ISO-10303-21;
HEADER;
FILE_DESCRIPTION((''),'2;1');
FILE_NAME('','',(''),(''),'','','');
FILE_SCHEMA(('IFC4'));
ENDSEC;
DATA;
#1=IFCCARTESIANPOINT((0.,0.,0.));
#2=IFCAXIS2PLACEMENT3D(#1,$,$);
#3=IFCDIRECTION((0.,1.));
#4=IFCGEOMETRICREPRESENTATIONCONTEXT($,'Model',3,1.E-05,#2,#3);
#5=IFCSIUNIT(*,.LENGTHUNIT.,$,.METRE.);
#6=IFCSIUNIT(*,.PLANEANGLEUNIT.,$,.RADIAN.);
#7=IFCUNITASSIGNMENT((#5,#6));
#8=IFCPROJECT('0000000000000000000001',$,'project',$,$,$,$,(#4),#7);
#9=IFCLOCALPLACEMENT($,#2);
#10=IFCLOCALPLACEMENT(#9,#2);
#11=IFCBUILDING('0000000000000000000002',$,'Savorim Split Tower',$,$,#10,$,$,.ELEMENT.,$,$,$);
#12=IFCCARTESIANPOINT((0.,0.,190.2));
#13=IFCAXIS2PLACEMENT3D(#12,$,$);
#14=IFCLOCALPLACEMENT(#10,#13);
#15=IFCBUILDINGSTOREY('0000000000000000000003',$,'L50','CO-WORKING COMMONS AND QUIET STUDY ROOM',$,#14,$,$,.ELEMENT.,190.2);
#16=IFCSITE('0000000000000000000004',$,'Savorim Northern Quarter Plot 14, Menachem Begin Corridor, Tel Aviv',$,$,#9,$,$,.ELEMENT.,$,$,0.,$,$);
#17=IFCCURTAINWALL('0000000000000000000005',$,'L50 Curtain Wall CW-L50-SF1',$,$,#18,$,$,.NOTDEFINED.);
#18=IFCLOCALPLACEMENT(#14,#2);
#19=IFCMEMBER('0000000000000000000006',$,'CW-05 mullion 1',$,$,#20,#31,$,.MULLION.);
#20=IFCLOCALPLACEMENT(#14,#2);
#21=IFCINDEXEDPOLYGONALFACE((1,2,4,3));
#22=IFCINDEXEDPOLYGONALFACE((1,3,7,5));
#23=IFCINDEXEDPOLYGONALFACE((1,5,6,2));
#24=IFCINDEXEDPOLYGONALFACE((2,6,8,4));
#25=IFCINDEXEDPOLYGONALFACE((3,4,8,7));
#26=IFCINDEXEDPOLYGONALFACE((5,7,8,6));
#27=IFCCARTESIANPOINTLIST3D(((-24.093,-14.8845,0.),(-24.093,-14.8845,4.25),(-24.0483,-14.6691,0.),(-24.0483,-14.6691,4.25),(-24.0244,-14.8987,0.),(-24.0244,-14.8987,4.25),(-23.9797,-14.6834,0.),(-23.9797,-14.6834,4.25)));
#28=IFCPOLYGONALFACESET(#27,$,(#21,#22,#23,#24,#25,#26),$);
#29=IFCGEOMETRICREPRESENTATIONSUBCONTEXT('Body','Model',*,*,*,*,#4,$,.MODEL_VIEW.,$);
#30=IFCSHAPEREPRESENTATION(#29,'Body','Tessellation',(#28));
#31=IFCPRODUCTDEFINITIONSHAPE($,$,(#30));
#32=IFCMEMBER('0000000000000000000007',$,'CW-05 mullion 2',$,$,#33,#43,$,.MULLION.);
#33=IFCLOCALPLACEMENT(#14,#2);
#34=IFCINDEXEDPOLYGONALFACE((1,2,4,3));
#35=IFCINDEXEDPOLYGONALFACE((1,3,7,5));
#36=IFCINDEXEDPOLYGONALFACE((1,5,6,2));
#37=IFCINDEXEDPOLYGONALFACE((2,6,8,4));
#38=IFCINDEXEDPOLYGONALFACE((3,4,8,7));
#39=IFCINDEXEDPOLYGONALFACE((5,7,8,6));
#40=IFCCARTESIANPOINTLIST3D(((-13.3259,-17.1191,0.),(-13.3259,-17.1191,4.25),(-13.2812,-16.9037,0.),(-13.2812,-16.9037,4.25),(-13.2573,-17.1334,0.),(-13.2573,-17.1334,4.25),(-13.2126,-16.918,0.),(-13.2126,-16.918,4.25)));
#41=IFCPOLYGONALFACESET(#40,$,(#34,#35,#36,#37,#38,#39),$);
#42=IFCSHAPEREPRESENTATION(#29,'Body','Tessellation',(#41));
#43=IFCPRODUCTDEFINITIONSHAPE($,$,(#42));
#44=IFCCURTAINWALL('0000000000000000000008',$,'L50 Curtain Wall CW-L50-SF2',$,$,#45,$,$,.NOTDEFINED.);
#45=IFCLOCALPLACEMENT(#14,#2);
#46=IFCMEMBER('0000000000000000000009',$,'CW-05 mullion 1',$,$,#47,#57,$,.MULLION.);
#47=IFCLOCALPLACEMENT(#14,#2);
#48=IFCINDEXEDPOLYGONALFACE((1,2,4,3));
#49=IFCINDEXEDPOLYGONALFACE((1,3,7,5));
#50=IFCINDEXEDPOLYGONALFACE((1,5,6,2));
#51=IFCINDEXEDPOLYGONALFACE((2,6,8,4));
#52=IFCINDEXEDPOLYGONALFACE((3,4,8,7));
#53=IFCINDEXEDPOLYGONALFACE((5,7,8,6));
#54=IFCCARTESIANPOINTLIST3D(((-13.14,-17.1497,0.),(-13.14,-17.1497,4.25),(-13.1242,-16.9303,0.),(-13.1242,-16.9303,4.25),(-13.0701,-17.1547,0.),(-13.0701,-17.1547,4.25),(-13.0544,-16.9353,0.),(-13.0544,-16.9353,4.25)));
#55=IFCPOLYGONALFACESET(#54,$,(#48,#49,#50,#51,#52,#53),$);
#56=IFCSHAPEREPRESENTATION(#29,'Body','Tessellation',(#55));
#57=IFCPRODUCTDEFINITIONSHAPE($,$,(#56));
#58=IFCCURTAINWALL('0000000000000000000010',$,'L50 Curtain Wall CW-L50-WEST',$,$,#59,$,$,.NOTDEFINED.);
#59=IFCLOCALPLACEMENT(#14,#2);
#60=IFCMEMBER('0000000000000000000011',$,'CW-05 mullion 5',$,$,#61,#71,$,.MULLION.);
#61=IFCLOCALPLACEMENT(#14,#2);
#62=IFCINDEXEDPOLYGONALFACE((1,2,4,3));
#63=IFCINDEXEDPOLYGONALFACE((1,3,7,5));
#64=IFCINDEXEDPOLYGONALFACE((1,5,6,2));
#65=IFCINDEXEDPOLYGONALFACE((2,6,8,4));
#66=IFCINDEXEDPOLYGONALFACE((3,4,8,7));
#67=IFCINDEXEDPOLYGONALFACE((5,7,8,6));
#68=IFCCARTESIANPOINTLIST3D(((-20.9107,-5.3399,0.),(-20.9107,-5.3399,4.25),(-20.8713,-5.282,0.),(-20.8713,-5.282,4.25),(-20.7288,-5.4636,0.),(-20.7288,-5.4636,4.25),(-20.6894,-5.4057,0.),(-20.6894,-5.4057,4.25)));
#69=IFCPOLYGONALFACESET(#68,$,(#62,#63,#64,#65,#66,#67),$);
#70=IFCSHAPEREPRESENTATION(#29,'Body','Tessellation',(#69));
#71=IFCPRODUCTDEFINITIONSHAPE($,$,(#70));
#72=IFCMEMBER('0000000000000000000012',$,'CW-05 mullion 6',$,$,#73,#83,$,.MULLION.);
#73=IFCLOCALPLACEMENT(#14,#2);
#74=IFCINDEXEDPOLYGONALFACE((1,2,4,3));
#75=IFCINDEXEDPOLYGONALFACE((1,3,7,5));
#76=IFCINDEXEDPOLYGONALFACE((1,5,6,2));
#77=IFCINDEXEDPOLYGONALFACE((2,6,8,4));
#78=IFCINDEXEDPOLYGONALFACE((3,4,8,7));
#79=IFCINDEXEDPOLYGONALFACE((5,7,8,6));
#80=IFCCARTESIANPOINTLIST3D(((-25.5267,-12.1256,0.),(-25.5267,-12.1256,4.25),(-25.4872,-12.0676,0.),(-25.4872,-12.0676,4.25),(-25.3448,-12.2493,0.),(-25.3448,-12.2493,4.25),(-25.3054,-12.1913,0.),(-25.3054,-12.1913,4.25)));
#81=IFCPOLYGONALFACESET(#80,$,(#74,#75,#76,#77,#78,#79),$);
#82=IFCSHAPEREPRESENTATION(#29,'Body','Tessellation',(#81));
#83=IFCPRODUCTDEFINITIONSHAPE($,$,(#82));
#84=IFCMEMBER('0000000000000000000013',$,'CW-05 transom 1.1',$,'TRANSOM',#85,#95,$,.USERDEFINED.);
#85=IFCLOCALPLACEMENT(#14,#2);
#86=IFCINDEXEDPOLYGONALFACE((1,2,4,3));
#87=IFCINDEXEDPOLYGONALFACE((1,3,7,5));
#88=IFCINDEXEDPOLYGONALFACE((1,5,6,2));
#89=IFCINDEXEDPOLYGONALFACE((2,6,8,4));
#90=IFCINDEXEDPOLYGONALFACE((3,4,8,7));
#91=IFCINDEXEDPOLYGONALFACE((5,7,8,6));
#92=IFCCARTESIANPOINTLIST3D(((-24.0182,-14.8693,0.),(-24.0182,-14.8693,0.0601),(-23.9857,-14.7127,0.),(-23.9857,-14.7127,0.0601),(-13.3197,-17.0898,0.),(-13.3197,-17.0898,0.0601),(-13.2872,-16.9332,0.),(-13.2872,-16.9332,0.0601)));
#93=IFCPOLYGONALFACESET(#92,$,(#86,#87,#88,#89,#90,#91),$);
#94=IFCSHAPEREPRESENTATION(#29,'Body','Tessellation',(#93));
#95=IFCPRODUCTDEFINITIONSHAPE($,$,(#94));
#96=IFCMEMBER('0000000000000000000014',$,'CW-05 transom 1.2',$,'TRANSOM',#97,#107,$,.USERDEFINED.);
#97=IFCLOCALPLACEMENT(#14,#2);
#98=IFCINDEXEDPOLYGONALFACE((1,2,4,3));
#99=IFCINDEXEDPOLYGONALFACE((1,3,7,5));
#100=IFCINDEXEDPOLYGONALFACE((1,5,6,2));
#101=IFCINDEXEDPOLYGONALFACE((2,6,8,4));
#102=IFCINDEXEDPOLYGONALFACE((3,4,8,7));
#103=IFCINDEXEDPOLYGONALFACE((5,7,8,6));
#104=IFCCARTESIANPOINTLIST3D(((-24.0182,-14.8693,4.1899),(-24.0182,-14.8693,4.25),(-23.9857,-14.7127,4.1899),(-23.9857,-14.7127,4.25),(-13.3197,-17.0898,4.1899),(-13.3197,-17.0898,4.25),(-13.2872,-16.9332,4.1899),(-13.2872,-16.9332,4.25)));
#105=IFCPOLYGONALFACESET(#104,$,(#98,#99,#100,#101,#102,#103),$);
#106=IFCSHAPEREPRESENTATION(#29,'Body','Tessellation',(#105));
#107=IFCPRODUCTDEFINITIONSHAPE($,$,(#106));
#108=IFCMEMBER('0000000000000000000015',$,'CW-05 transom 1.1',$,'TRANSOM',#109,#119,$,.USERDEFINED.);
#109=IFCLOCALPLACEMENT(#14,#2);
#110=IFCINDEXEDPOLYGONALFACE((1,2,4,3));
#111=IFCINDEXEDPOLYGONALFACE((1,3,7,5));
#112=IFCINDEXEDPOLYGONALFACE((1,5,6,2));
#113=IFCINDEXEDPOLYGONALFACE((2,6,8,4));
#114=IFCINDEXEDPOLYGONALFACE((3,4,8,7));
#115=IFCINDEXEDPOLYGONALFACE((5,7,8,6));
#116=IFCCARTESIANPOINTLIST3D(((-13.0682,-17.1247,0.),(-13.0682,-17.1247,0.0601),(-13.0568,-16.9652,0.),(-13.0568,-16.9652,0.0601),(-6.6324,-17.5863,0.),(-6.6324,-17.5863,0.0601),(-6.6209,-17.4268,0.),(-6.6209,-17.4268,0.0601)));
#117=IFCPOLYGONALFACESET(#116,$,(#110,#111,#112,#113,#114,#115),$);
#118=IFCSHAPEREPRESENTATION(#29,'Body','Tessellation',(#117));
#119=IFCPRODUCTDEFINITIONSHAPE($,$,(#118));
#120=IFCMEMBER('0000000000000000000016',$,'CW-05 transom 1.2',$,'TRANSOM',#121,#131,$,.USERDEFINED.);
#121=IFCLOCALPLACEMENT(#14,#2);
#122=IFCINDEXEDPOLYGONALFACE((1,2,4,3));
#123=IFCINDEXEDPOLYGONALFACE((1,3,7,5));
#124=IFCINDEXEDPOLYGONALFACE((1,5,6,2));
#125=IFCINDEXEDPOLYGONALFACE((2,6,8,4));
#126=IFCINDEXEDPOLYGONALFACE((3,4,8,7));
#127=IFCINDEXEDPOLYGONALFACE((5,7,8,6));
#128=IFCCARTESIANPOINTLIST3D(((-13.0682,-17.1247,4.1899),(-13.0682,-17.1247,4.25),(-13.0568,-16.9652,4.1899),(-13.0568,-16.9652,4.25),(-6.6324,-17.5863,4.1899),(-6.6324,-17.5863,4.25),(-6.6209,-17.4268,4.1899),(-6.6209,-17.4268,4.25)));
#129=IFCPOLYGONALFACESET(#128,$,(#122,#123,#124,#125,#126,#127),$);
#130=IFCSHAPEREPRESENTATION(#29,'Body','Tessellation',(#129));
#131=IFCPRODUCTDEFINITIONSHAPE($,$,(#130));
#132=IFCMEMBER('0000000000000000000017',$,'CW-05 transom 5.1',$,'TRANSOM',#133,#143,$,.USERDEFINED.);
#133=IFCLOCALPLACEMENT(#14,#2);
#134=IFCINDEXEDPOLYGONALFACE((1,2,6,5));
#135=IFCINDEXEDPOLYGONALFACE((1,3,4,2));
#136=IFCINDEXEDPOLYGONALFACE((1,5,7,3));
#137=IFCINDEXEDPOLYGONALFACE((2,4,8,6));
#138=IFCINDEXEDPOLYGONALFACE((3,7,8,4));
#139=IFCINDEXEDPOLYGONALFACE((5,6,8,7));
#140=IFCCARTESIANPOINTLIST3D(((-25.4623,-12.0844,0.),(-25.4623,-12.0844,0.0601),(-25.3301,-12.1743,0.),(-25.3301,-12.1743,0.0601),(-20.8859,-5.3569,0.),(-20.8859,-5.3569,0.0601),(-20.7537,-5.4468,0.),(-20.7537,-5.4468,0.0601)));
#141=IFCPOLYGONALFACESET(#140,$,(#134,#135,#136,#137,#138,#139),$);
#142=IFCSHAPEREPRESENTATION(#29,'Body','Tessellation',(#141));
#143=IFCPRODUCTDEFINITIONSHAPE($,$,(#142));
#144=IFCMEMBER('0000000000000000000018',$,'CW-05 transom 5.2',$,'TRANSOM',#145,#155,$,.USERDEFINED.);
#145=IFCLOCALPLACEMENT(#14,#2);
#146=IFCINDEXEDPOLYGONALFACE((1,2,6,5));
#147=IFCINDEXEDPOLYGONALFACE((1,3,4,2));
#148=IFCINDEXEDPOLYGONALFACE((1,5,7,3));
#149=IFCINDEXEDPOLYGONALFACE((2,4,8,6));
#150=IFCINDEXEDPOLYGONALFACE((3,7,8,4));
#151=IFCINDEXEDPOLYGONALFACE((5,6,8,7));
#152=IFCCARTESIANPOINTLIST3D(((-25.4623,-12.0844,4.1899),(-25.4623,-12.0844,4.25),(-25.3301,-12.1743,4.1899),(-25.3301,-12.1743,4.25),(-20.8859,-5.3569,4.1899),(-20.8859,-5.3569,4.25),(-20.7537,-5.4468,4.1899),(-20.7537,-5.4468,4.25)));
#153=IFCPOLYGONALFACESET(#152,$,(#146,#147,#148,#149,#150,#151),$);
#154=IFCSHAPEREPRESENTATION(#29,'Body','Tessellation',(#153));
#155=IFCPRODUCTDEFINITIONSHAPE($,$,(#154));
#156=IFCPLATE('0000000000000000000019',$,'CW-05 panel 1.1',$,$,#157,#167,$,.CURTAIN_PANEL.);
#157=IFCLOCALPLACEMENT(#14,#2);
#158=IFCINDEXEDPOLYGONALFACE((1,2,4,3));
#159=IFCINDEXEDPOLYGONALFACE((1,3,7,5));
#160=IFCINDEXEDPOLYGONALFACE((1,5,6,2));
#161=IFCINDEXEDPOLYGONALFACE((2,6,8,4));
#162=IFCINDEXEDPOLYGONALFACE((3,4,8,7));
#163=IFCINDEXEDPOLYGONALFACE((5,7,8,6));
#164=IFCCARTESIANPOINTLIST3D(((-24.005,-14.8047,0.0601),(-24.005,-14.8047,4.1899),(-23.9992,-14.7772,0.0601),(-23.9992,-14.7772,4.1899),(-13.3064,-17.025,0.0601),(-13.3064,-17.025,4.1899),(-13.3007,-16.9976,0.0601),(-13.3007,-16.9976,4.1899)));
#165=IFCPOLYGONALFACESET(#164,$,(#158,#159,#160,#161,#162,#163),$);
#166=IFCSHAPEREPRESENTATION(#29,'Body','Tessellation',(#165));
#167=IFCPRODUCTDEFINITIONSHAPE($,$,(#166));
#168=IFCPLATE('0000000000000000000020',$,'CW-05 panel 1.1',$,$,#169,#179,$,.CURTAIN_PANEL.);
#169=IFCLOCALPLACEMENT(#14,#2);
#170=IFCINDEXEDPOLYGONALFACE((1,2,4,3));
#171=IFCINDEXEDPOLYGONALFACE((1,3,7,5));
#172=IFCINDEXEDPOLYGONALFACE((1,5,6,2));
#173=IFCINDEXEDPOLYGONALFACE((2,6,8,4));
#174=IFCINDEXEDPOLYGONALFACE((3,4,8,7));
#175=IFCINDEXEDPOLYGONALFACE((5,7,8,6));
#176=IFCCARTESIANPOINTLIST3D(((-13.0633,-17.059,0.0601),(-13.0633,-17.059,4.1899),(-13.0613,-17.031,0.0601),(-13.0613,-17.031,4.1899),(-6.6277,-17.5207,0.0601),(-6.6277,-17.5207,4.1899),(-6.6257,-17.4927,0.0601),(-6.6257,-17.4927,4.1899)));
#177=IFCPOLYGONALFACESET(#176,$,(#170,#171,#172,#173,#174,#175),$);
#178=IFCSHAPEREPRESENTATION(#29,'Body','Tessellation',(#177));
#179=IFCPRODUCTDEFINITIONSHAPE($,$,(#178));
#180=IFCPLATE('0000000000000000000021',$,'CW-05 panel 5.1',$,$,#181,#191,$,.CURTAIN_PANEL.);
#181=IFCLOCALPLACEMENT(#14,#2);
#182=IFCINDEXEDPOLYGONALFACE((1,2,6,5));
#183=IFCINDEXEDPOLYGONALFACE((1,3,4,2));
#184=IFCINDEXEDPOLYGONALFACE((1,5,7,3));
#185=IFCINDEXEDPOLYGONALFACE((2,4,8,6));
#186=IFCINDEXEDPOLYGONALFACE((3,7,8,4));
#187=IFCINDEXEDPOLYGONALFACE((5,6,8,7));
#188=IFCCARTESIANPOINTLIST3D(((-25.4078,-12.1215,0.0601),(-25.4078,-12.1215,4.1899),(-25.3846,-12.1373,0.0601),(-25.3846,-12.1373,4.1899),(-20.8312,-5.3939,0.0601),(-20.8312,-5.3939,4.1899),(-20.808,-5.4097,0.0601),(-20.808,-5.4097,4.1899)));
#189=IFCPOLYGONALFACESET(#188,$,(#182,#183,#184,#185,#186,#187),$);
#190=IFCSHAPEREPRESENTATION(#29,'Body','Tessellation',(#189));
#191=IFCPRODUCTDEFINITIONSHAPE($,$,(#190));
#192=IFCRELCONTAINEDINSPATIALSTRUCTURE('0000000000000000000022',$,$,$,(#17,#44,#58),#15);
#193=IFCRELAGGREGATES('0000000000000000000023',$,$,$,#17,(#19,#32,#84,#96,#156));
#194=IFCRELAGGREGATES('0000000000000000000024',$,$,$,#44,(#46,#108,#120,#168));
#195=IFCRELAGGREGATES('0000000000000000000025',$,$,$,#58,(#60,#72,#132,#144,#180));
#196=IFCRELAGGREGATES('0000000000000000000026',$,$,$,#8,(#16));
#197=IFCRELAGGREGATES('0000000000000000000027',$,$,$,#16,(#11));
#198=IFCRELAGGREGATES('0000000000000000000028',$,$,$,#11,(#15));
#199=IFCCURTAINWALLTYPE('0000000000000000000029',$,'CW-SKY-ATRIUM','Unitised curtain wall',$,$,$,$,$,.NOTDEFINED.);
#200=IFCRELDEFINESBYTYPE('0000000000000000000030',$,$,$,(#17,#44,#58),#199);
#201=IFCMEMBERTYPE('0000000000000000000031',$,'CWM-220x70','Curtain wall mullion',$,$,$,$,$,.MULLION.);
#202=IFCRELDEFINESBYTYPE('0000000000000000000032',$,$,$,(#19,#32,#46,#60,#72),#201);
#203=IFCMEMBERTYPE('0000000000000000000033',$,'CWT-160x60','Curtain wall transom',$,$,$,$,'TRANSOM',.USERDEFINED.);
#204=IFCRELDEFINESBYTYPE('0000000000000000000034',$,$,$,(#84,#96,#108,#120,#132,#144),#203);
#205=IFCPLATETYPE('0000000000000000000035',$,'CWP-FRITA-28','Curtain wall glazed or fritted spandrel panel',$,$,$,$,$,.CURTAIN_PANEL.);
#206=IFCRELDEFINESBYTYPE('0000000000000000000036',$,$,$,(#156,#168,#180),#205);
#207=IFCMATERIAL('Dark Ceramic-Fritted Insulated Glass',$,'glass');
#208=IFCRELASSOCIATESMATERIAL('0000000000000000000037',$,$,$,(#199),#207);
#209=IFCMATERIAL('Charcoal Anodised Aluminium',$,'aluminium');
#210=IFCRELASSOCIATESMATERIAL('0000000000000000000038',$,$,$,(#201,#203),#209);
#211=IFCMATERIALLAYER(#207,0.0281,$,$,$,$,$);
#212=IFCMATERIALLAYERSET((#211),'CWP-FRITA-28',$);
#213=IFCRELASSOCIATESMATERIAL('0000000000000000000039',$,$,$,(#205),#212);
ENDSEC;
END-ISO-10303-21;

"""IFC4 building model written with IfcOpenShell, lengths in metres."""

from ifc_helpers import new_model, si_unit, direction, frame, origin, origin_2d, place, context, subcontext, project, spatial, rectangle, extrude, material, layer, layer_set, material_profile, profile_set, type_object, element, aggregate, save


model = new_model("IFC4")

# Units and contexts
model_context = context("Model", 3, precision=1e-05, world=origin(), true_north=direction((0.0, 1.0)))
body_context = subcontext(model_context, "Body", "Model", "MODEL_VIEW")
ifc_project = project(units=[si_unit("LENGTHUNIT", "METRE"), si_unit("PLANEANGLEUNIT", "RADIAN")], contexts=[model_context])

# Site, building, storey
site_placement = place(None, origin())
site = spatial("IfcSite", under=ifc_project, at=site_placement, Name="Savorim Northern Quarter Plot 14, Menachem Begin Corridor, Tel Aviv", CompositionType="ELEMENT", RefElevation=0.0)
building_placement = place(site_placement, origin())
building = spatial("IfcBuilding", under=site, at=building_placement, Name="Savorim Split Tower", CompositionType="ELEMENT")
storey_placement = place(building_placement, frame((0.0, 0.0, 190.2)))
storey = spatial("IfcBuildingStorey", under=building, at=storey_placement, Name="L50", Description="CO-WORKING COMMONS AND QUIET STUDY ROOM", CompositionType="ELEMENT", Elevation=190.2)

# Curtain wall, members
ifc_material_1 = material(Name="Dark Ceramic-Fritted Insulated Glass", Category="glass")
curtain_wall_type = type_object("IfcCurtainWallType", Name="CW-SKY-ATRIUM", Description="Unitised curtain wall", PredefinedType="NOTDEFINED", material=ifc_material_1)
curtain_wall_1_placement = place(storey_placement, origin())
curtain_wall_1 = element("IfcCurtainWall", 1, at=curtain_wall_1_placement, inside=storey, type_object=curtain_wall_type, Name="L50 Curtain Wall CW-L50-SF1", PredefinedType="NOTDEFINED")
ifc_material_2 = material(Name="Charcoal Anodised Aluminium", Category="aluminium")
ifc_material_profile_1 = material_profile(ifc_material_2, rectangle(XDim=0.22, YDim=0.0701, at=origin_2d()), Name="ALU-M 220x70")
ifc_profile_set_1 = profile_set([ifc_material_profile_1], Name="Charcoal Anodised Aluminium")
member_type_1 = type_object("IfcMemberType", Name="CWM-220x70", Description="Curtain wall mullion", PredefinedType="MULLION", material=ifc_profile_set_1)
member_1_placement = place(storey_placement, frame((-24.0364, -14.7839, 0.0), z_axis=(0.0, 0.0, 1.0), x_axis=(0.203208, 0.979136, 0.0)))
member_1 = element("IfcMember", 2, at=member_1_placement, type_object=member_type_1, Name="CW-05 mullion 1", PredefinedType="MULLION", context=body_context, shape_type="SweptSolid", body=[
    extrude(rectangle(XDim=0.22, YDim=0.0701, at=origin_2d()), origin(), (0.0, 0.0, 1.0), 4.25),
])
member_2_placement = place(storey_placement, frame((-13.2693, -17.0186, 0.0), z_axis=(0.0, 0.0, 1.0), x_axis=(0.203208, 0.979136, 0.0)))
member_2 = element("IfcMember", 3, at=member_2_placement, type_object=member_type_1, Name="CW-05 mullion 2", PredefinedType="MULLION", context=body_context, shape_type="SweptSolid", body=[
    extrude(rectangle(XDim=0.22, YDim=0.0701, at=origin_2d()), origin(), (0.0, 0.0, 1.0), 4.25),
])

# Curtain wall, member
curtain_wall_2_placement = place(storey_placement, origin())
curtain_wall_2 = element("IfcCurtainWall", 4, at=curtain_wall_2_placement, inside=storey, type_object=curtain_wall_type, Name="L50 Curtain Wall CW-L50-SF2", PredefinedType="NOTDEFINED")
member_3_placement = place(storey_placement, frame((-13.0972, -17.0425, 0.0), z_axis=(0.0, 0.0, 1.0), x_axis=(0.071562, 0.997436, 0.0)))
member_3 = element("IfcMember", 5, at=member_3_placement, type_object=member_type_1, Name="CW-05 mullion 1", PredefinedType="MULLION", context=body_context, shape_type="SweptSolid", body=[
    extrude(rectangle(XDim=0.22, YDim=0.0701, at=origin_2d()), origin(), (0.0, 0.0, 1.0), 4.25),
])

# Curtain wall, members
curtain_wall_3_placement = place(storey_placement, origin())
curtain_wall_3 = element("IfcCurtainWall", 6, at=curtain_wall_3_placement, inside=storey, type_object=curtain_wall_type, Name="L50 Curtain Wall CW-L50-WEST", PredefinedType="NOTDEFINED")
member_4_placement = place(storey_placement, frame((-20.8, -5.3728, 0.0), z_axis=(0.0, 0.0, 1.0), x_axis=(0.82682, -0.562466, 0.0)))
member_4 = element("IfcMember", 7, at=member_4_placement, type_object=member_type_1, Name="CW-05 mullion 5", PredefinedType="MULLION", context=body_context, shape_type="SweptSolid", body=[
    extrude(rectangle(XDim=0.22, YDim=0.0701, at=origin_2d()), origin(), (0.0, 0.0, 1.0), 4.25),
])
member_5_placement = place(storey_placement, frame((-25.416, -12.1584, 0.0), z_axis=(0.0, 0.0, 1.0), x_axis=(0.82682, -0.562466, 0.0)))
member_5 = element("IfcMember", 8, at=member_5_placement, type_object=member_type_1, Name="CW-05 mullion 6", PredefinedType="MULLION", context=body_context, shape_type="SweptSolid", body=[
    extrude(rectangle(XDim=0.22, YDim=0.0701, at=origin_2d()), origin(), (0.0, 0.0, 1.0), 4.25),
])

# Members
ifc_material_profile_2 = material_profile(ifc_material_2, rectangle(XDim=0.1599, YDim=0.0601, at=origin_2d()), Name="ALU-T 160x60")
ifc_profile_set_2 = profile_set([ifc_material_profile_2], Name="Charcoal Anodised Aluminium")
member_type_2 = type_object("IfcMemberType", Name="CWT-160x60", Description="Curtain wall transom", ElementType="TRANSOM", PredefinedType="USERDEFINED", material=ifc_profile_set_2)
member_6_placement = place(storey_placement, frame((-24.002, -14.791, 0.03), z_axis=(0.979134, -0.203218, 0.0), x_axis=(0.203218, 0.979134, 0.0)))
member_6 = element("IfcMember", 9, at=member_6_placement, type_object=member_type_2, Name="CW-05 transom 1.1", ObjectType="TRANSOM", PredefinedType="USERDEFINED", context=body_context, shape_type="SweptSolid", body=[
    extrude(rectangle(XDim=0.1599, YDim=0.0601, at=origin_2d()), origin(), (0.0, 0.0, 1.0), 10.9265),
])
member_7_placement = place(storey_placement, frame((-24.002, -14.791, 4.22), z_axis=(0.979134, -0.203218, 0.0), x_axis=(0.203218, 0.979134, 0.0)))
member_7 = element("IfcMember", 10, at=member_7_placement, type_object=member_type_2, Name="CW-05 transom 1.2", ObjectType="TRANSOM", PredefinedType="USERDEFINED", context=body_context, shape_type="SweptSolid", body=[
    extrude(rectangle(XDim=0.1599, YDim=0.0601, at=origin_2d()), origin(), (0.0, 0.0, 1.0), 10.9265),
])
member_8_placement = place(storey_placement, frame((-13.0625, -17.0449, 0.03), z_axis=(0.997437, -0.071551, 0.0), x_axis=(0.071551, 0.997437, 0.0)))
member_8 = element("IfcMember", 11, at=member_8_placement, type_object=member_type_2, Name="CW-05 transom 1.1", ObjectType="TRANSOM", PredefinedType="USERDEFINED", context=body_context, shape_type="SweptSolid", body=[
    extrude(rectangle(XDim=0.1599, YDim=0.0601, at=origin_2d()), origin(), (0.0, 0.0, 1.0), 6.4524),
])
member_9_placement = place(storey_placement, frame((-13.0625, -17.0449, 4.22), z_axis=(0.997437, -0.071551, 0.0), x_axis=(0.071551, 0.997437, 0.0)))
member_9 = element("IfcMember", 12, at=member_9_placement, type_object=member_type_2, Name="CW-05 transom 1.2", ObjectType="TRANSOM", PredefinedType="USERDEFINED", context=body_context, shape_type="SweptSolid", body=[
    extrude(rectangle(XDim=0.1599, YDim=0.0601, at=origin_2d()), origin(), (0.0, 0.0, 1.0), 6.4524),
])
member_10_placement = place(storey_placement, frame((-20.8198, -5.4019, 0.03), z_axis=(-0.562452, -0.82683, 0.0), x_axis=(0.82683, -0.562452, 0.0)))
member_10 = element("IfcMember", 13, at=member_10_placement, type_object=member_type_2, Name="CW-05 transom 5.1", ObjectType="TRANSOM", PredefinedType="USERDEFINED", context=body_context, shape_type="SweptSolid", body=[
    extrude(rectangle(XDim=0.1599, YDim=0.0601, at=origin_2d()), origin(), (0.0, 0.0, 1.0), 8.1365),
])
member_11_placement = place(storey_placement, frame((-20.8198, -5.4019, 4.22), z_axis=(-0.562452, -0.82683, 0.0), x_axis=(0.82683, -0.562452, 0.0)))
member_11 = element("IfcMember", 14, at=member_11_placement, type_object=member_type_2, Name="CW-05 transom 5.2", ObjectType="TRANSOM", PredefinedType="USERDEFINED", context=body_context, shape_type="SweptSolid", body=[
    extrude(rectangle(XDim=0.1599, YDim=0.0601, at=origin_2d()), origin(), (0.0, 0.0, 1.0), 8.1365),
])

# Plates
ifc_layer_1 = layer(ifc_material_1, 0.0281)
ifc_layer_set_1 = layer_set([ifc_layer_1], Name="CWP-FRITA-28")
plate_type = type_object("IfcPlateType", Name="CWP-FRITA-28", Description="Curtain wall glazed or fritted spandrel panel", PredefinedType="CURTAIN_PANEL", material=ifc_layer_set_1)
plate_1_placement = place(storey_placement, frame((-18.6528, -15.9011, 0.0601), z_axis=(0.0, 0.0, 1.0), x_axis=(0.979136, -0.203208, 0.0)))
plate_1 = element("IfcPlate", 15, at=plate_1_placement, type_object=plate_type, Name="CW-05 panel 1.1", PredefinedType="CURTAIN_PANEL", context=body_context, shape_type="SweptSolid", body=[
    extrude(rectangle(XDim=10.9265, YDim=0.0281, at=origin_2d()), origin(), (0.0, 0.0, 1.0), 4.1299),
])
aggregate(curtain_wall_1, [member_1, member_2, member_6, member_7, plate_1])
plate_2_placement = place(storey_placement, frame((-9.8445, -17.2759, 0.0601), z_axis=(0.0, 0.0, 1.0), x_axis=(0.997436, -0.071562, 0.0)))
plate_2 = element("IfcPlate", 16, at=plate_2_placement, type_object=plate_type, Name="CW-05 panel 1.1", PredefinedType="CURTAIN_PANEL", context=body_context, shape_type="SweptSolid", body=[
    extrude(rectangle(XDim=6.4521, YDim=0.0281, at=origin_2d()), origin(), (0.0, 0.0, 1.0), 4.1299),
])
aggregate(curtain_wall_2, [member_3, member_8, member_9, plate_2])
plate_3_placement = place(storey_placement, frame((-23.1079, -8.7656, 0.0601), z_axis=(0.0, 0.0, 1.0), x_axis=(-0.562466, -0.82682, 0.0)))
plate_3 = element("IfcPlate", 17, at=plate_3_placement, type_object=plate_type, Name="CW-05 panel 5.1", PredefinedType="CURTAIN_PANEL", context=body_context, shape_type="SweptSolid", body=[
    extrude(rectangle(XDim=8.1367, YDim=0.0281, at=origin_2d()), origin(), (0.0, 0.0, 1.0), 4.1299),
])
aggregate(curtain_wall_3, [member_4, member_5, member_10, member_11, plate_3])

save(model, "model.ifc")
